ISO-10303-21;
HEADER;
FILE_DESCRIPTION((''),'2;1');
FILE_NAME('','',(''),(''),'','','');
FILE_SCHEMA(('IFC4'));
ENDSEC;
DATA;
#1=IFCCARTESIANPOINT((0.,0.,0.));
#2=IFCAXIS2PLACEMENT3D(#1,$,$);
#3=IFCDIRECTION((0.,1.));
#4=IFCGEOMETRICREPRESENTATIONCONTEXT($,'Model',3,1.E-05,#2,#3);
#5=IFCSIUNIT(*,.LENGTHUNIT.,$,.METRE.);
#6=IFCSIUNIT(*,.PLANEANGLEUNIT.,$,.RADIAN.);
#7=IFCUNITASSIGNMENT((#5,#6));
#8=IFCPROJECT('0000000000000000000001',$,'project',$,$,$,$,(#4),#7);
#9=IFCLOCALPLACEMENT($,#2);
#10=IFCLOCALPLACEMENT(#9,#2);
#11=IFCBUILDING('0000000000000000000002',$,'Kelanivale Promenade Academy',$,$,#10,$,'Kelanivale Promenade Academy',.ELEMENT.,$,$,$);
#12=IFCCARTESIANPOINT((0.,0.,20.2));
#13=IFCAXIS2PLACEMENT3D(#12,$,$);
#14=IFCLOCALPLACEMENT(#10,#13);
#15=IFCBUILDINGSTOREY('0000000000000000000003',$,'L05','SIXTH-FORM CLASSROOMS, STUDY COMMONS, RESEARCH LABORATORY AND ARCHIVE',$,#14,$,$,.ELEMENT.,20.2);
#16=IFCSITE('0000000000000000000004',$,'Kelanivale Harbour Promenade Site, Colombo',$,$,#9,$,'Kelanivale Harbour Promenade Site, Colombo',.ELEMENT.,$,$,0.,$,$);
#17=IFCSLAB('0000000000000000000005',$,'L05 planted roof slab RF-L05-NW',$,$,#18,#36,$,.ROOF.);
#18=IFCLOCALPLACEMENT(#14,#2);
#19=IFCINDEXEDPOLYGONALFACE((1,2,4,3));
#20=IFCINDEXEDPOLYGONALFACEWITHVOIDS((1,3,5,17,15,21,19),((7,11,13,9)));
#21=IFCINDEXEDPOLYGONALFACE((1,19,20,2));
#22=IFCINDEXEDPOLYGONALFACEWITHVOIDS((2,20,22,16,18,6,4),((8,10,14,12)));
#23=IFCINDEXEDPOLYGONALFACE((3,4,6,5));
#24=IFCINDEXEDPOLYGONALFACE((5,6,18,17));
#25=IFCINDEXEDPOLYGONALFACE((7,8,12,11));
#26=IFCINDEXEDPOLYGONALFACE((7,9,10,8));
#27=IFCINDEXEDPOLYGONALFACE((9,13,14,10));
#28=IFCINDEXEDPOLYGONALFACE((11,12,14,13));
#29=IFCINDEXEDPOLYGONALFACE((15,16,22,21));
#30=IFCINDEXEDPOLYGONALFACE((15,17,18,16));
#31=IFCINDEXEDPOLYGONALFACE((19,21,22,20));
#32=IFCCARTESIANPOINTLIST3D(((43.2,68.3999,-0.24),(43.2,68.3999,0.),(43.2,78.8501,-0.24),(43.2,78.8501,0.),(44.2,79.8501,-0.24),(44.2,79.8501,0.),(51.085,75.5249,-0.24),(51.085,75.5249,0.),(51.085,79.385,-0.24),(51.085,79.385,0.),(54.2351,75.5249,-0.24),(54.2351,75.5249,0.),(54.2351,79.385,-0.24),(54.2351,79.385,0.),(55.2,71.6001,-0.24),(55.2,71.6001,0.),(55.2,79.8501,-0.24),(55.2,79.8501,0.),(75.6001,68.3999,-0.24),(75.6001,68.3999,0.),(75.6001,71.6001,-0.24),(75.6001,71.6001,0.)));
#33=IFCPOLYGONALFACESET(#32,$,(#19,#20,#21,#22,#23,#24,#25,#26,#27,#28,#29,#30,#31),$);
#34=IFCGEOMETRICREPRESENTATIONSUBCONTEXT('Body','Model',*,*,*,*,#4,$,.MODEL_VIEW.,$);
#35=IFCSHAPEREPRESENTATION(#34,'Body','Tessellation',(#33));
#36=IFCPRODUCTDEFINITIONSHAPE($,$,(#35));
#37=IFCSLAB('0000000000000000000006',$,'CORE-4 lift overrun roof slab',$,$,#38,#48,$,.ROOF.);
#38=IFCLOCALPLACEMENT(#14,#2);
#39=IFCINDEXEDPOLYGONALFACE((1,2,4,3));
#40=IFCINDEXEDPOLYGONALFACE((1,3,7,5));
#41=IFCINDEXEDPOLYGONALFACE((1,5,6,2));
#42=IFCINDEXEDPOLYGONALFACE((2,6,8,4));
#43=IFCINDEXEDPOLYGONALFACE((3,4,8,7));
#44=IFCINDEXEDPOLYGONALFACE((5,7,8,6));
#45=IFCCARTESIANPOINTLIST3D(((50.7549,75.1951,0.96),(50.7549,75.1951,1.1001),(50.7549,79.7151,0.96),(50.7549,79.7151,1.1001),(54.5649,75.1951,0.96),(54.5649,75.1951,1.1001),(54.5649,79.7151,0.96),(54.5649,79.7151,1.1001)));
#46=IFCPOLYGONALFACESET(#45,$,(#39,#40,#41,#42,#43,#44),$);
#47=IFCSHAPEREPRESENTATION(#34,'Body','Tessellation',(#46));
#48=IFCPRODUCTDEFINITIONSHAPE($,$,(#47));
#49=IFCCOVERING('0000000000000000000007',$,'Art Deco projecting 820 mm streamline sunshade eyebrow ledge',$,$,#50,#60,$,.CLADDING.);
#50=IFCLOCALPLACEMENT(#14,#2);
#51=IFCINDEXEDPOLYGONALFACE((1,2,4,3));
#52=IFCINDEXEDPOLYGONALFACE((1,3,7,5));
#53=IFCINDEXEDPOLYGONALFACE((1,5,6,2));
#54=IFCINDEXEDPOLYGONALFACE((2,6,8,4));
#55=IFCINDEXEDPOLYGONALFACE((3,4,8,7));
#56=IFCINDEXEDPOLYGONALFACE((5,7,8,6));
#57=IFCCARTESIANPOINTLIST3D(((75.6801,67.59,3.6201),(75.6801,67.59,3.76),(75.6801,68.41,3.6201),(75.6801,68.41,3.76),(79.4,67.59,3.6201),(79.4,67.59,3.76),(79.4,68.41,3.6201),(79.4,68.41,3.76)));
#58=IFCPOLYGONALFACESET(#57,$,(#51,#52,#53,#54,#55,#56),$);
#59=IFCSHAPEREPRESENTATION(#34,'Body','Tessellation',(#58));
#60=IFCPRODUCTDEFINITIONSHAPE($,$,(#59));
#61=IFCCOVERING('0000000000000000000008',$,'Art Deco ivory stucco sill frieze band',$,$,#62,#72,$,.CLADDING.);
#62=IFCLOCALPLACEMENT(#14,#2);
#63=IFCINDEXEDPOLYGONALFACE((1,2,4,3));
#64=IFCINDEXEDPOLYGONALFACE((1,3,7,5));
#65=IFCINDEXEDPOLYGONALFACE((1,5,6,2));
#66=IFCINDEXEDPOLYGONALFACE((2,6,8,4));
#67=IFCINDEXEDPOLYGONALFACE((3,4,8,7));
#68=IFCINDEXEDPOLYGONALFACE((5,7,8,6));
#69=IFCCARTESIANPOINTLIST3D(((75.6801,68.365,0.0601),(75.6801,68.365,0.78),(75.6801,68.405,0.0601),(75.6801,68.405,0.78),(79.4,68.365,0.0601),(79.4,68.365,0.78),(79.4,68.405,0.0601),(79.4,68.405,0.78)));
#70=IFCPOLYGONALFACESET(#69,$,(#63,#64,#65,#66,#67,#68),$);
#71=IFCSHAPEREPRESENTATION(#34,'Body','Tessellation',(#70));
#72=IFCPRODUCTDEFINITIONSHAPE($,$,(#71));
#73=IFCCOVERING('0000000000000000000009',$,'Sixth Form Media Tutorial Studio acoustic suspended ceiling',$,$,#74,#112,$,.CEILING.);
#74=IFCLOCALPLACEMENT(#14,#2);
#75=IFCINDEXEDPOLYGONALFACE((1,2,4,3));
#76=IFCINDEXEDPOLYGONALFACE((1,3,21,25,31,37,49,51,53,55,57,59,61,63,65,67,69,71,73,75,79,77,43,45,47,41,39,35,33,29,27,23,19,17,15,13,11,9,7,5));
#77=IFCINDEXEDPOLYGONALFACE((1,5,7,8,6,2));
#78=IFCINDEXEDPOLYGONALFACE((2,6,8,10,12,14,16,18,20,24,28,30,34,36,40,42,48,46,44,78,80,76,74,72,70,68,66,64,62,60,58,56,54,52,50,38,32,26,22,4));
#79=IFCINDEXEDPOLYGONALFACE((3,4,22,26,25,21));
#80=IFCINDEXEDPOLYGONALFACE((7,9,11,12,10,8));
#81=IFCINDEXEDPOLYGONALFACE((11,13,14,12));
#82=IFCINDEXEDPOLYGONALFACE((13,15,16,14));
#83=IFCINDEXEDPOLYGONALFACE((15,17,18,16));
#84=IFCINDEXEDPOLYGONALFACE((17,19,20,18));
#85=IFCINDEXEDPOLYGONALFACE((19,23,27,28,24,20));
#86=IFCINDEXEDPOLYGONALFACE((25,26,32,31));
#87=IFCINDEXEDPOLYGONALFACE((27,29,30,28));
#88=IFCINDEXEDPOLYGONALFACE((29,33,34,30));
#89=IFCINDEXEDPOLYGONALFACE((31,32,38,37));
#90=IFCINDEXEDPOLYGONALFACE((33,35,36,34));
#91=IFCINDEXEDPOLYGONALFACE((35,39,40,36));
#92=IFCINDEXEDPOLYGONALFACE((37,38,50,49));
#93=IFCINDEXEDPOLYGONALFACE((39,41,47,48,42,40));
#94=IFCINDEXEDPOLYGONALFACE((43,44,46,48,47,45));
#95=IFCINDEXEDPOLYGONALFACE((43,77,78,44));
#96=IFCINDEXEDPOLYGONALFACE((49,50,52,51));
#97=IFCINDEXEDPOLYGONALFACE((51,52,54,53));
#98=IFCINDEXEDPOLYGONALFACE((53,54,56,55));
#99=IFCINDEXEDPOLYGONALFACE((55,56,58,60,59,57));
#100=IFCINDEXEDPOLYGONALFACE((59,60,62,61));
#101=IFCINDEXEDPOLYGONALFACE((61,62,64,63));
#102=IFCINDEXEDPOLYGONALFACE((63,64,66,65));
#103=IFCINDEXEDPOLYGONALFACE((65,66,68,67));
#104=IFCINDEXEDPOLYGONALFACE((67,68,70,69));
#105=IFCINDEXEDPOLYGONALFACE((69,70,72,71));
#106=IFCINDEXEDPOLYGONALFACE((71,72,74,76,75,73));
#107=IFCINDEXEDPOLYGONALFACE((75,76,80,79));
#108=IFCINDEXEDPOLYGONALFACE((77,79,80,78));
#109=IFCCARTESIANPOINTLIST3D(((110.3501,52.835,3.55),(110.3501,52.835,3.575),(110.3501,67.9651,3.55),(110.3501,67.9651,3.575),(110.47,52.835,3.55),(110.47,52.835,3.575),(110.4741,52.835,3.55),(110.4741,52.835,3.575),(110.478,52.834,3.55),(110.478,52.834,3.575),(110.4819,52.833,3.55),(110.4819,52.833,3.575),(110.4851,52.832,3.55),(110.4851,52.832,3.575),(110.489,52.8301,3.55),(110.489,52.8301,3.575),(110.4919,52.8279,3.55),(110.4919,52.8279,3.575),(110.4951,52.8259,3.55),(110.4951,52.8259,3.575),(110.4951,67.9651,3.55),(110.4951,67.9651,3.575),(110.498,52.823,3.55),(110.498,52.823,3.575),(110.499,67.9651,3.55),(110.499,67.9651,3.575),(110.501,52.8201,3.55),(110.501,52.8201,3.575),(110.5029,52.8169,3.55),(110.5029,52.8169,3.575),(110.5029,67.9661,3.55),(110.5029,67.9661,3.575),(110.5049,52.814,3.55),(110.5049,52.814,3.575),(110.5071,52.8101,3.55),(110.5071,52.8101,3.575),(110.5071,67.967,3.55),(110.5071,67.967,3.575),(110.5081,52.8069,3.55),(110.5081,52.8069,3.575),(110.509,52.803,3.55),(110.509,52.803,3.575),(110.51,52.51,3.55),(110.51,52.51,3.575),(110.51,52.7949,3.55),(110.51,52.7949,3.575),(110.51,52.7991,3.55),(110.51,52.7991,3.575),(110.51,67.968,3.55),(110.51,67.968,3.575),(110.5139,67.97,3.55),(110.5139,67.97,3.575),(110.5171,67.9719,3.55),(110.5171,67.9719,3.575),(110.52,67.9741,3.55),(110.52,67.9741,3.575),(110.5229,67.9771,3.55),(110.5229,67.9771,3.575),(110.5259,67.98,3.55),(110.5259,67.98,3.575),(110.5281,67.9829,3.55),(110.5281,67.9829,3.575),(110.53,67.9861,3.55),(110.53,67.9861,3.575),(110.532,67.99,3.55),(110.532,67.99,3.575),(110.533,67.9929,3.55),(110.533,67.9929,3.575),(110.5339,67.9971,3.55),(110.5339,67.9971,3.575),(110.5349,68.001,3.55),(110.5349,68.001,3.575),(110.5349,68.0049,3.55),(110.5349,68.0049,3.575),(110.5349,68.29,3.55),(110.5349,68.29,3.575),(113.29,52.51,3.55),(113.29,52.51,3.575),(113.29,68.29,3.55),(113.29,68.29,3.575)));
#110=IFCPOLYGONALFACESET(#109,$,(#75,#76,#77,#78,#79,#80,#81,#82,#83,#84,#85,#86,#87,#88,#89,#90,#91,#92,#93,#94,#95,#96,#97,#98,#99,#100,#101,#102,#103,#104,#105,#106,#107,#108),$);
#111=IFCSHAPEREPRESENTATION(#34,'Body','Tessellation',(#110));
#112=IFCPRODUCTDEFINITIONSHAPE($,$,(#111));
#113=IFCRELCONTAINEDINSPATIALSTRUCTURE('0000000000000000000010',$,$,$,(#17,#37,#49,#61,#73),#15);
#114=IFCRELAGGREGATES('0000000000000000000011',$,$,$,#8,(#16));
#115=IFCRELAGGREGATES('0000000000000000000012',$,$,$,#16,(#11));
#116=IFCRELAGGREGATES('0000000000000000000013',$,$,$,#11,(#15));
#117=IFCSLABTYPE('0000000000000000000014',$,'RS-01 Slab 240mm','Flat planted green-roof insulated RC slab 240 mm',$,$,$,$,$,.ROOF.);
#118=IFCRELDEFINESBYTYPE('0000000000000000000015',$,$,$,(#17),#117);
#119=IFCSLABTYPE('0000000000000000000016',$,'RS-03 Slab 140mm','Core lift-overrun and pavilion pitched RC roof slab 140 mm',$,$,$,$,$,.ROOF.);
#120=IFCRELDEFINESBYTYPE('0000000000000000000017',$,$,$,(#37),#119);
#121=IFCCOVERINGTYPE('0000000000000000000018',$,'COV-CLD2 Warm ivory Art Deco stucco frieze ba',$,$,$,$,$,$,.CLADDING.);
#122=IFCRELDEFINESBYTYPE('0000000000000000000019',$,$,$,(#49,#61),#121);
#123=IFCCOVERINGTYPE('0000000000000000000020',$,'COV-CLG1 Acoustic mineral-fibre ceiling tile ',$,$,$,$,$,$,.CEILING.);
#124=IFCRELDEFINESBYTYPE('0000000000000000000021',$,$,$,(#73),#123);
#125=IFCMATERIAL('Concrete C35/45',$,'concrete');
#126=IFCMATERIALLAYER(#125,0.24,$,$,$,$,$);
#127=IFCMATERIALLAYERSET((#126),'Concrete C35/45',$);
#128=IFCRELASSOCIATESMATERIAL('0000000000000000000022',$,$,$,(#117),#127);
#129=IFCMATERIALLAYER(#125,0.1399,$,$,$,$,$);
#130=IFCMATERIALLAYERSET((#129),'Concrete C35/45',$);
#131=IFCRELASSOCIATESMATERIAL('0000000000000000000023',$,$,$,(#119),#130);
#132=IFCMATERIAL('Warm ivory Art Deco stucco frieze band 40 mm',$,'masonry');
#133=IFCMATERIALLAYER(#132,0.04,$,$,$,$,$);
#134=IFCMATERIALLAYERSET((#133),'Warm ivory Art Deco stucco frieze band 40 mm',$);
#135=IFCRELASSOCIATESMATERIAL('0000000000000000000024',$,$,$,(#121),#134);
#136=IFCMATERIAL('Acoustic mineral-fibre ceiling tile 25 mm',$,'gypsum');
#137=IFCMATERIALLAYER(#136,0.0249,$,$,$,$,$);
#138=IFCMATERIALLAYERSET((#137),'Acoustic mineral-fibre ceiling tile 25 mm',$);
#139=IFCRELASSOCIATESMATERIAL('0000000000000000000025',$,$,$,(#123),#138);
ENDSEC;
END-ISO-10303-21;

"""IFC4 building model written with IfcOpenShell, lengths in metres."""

from ifc_helpers import new_model, si_unit, direction, frame, origin, origin_2d, place, context, subcontext, project, spatial, polyline, rectangle, outline, extrude, material, layer, layer_set, type_object, element, save


model = new_model("IFC4")

# Units and contexts
model_context = context("Model", 3, precision=1e-05, world=origin(), true_north=direction((0.0, 1.0)))
body_context = subcontext(model_context, "Body", "Model", "MODEL_VIEW")
ifc_project = project(units=[si_unit("LENGTHUNIT", "METRE"), si_unit("PLANEANGLEUNIT", "RADIAN")], contexts=[model_context])

# Site, building, storey
site_placement = place(None, origin())
site = spatial("IfcSite", under=ifc_project, at=site_placement, Name="Kelanivale Harbour Promenade Site, Colombo", LongName="Kelanivale Harbour Promenade Site, Colombo", CompositionType="ELEMENT", RefElevation=0.0)
building_placement = place(site_placement, origin())
building = spatial("IfcBuilding", under=site, at=building_placement, Name="Kelanivale Promenade Academy", LongName="Kelanivale Promenade Academy", CompositionType="ELEMENT")
storey_placement = place(building_placement, frame((0.0, 0.0, 20.2)))
storey = spatial("IfcBuildingStorey", under=building, at=storey_placement, Name="L05", Description="SIXTH-FORM CLASSROOMS, STUDY COMMONS, RESEARCH LABORATORY AND ARCHIVE", CompositionType="ELEMENT", Elevation=20.2)

# Slabs
ifc_material_1 = material(Name="Concrete C35/45", Category="concrete")
ifc_layer_1 = layer(ifc_material_1, 0.24)
ifc_layer_set_1 = layer_set([ifc_layer_1], Name="Concrete C35/45")
slab_type_1 = type_object("IfcSlabType", Name="RS-01 Slab 240mm", Description="Flat planted green-roof insulated RC slab 240 mm", PredefinedType="ROOF", material=ifc_layer_set_1)
slab_1_placement = place(storey_placement, frame((0.0, 0.0, -0.24)))
element("IfcSlab", 1, at=slab_1_placement, inside=storey, type_object=slab_type_1, Name="L05 planted roof slab RF-L05-NW", PredefinedType="ROOF", context=body_context, shape_type="SweptSolid", body=[
    extrude(outline(polyline([(43.2, 78.8501), (43.2, 68.3999), (75.6001, 68.3999), (75.6001, 71.6001), (55.2, 71.6001), (55.2, 79.8501), (44.2, 79.8501), (43.2, 78.8501)]), holes=[polyline([(54.2351, 75.5249), (51.085, 75.5249), (51.085, 79.385), (54.2351, 79.385), (54.2351, 75.5249)])]), origin(), (0.0, 0.0, 1.0), 0.24),
])
ifc_layer_2 = layer(ifc_material_1, 0.1399)
ifc_layer_set_2 = layer_set([ifc_layer_2], Name="Concrete C35/45")
slab_type_2 = type_object("IfcSlabType", Name="RS-03 Slab 140mm", Description="Core lift-overrun and pavilion pitched RC roof slab 140 mm", PredefinedType="ROOF", material=ifc_layer_set_2)
slab_2_placement = place(storey_placement, frame((0.0, 0.0, 0.96)))
element("IfcSlab", 2, at=slab_2_placement, inside=storey, type_object=slab_type_2, Name="CORE-4 lift overrun roof slab", PredefinedType="ROOF", context=body_context, shape_type="SweptSolid", body=[
    extrude(outline(polyline([(50.7549, 75.1951), (54.5649, 75.1951), (54.5649, 79.7151), (50.7549, 79.7151), (50.7549, 75.1951)])), origin(), (0.0, 0.0, 1.0), 0.1401),
])

# Coverings
ifc_material_2 = material(Name="Warm ivory Art Deco stucco frieze band 40 mm", Category="masonry")
ifc_layer_3 = layer(ifc_material_2, 0.04)
ifc_layer_set_3 = layer_set([ifc_layer_3], Name="Warm ivory Art Deco stucco frieze band 40 mm")
covering_type_1 = type_object("IfcCoveringType", Name="COV-CLD2 Warm ivory Art Deco stucco frieze ba", PredefinedType="CLADDING", material=ifc_layer_set_3)
covering_1_placement = place(storey_placement, frame((77.54, 68.0, 3.6201), z_axis=(0.0, 0.0, 1.0), x_axis=(1.0, 0.0, 0.0)))
element("IfcCovering", 3, at=covering_1_placement, inside=storey, type_object=covering_type_1, Name="Art Deco projecting 820 mm streamline sunshade eyebrow ledge", PredefinedType="CLADDING", context=body_context, shape_type="SweptSolid", body=[
    extrude(rectangle(XDim=3.72, YDim=0.8201, at=origin_2d()), origin(), (0.0, 0.0, 1.0), 0.1399),
])
covering_2_placement = place(storey_placement, frame((77.54, 68.385, 0.0601), z_axis=(0.0, 0.0, 1.0), x_axis=(1.0, 0.0, 0.0)))
element("IfcCovering", 4, at=covering_2_placement, inside=storey, type_object=covering_type_1, Name="Art Deco ivory stucco sill frieze band", PredefinedType="CLADDING", context=body_context, shape_type="SweptSolid", body=[
    extrude(rectangle(XDim=3.72, YDim=0.04, at=origin_2d()), origin(), (0.0, 0.0, 1.0), 0.72),
])
ifc_material_3 = material(Name="Acoustic mineral-fibre ceiling tile 25 mm", Category="gypsum")
ifc_layer_4 = layer(ifc_material_3, 0.0249)
ifc_layer_set_4 = layer_set([ifc_layer_4], Name="Acoustic mineral-fibre ceiling tile 25 mm")
covering_type_2 = type_object("IfcCoveringType", Name="COV-CLG1 Acoustic mineral-fibre ceiling tile ", PredefinedType="CEILING", material=ifc_layer_set_4)
covering_3_placement = place(storey_placement, frame((0.0, 0.0, 3.55)))
element("IfcCovering", 5, at=covering_3_placement, inside=storey, type_object=covering_type_2, Name="Sixth Form Media Tutorial Studio acoustic suspended ceiling", PredefinedType="CEILING", context=body_context, shape_type="SweptSolid", body=[
    extrude(outline(polyline([(110.3501, 52.835), (110.47, 52.835), (110.4741, 52.835), (110.478, 52.834), (110.4819, 52.833), (110.4851, 52.832), (110.489, 52.8301), (110.4919, 52.8279), (110.4951, 52.8259), (110.498, 52.823), (110.501, 52.8201), (110.5029, 52.8169), (110.5049, 52.814), (110.5071, 52.8101), (110.5081, 52.8069), (110.509, 52.803), (110.51, 52.7991), (110.51, 52.7949), (110.51, 52.51), (113.29, 52.51), (113.29, 68.29), (110.5349, 68.29), (110.5349, 68.0049), (110.5349, 68.001), (110.5339, 67.9971), (110.533, 67.9929), (110.532, 67.99), (110.53, 67.9861), (110.5281, 67.9829), (110.5259, 67.98), (110.5229, 67.9771), (110.52, 67.9741), (110.5171, 67.9719), (110.5139, 67.97), (110.51, 67.968), (110.5071, 67.967), (110.5029, 67.9661), (110.499, 67.9651), (110.4951, 67.9651), (110.3501, 67.9651), (110.3501, 52.835)])), origin(), (0.0, 0.0, 1.0), 0.0249),
])

save(model, "model.ifc")
